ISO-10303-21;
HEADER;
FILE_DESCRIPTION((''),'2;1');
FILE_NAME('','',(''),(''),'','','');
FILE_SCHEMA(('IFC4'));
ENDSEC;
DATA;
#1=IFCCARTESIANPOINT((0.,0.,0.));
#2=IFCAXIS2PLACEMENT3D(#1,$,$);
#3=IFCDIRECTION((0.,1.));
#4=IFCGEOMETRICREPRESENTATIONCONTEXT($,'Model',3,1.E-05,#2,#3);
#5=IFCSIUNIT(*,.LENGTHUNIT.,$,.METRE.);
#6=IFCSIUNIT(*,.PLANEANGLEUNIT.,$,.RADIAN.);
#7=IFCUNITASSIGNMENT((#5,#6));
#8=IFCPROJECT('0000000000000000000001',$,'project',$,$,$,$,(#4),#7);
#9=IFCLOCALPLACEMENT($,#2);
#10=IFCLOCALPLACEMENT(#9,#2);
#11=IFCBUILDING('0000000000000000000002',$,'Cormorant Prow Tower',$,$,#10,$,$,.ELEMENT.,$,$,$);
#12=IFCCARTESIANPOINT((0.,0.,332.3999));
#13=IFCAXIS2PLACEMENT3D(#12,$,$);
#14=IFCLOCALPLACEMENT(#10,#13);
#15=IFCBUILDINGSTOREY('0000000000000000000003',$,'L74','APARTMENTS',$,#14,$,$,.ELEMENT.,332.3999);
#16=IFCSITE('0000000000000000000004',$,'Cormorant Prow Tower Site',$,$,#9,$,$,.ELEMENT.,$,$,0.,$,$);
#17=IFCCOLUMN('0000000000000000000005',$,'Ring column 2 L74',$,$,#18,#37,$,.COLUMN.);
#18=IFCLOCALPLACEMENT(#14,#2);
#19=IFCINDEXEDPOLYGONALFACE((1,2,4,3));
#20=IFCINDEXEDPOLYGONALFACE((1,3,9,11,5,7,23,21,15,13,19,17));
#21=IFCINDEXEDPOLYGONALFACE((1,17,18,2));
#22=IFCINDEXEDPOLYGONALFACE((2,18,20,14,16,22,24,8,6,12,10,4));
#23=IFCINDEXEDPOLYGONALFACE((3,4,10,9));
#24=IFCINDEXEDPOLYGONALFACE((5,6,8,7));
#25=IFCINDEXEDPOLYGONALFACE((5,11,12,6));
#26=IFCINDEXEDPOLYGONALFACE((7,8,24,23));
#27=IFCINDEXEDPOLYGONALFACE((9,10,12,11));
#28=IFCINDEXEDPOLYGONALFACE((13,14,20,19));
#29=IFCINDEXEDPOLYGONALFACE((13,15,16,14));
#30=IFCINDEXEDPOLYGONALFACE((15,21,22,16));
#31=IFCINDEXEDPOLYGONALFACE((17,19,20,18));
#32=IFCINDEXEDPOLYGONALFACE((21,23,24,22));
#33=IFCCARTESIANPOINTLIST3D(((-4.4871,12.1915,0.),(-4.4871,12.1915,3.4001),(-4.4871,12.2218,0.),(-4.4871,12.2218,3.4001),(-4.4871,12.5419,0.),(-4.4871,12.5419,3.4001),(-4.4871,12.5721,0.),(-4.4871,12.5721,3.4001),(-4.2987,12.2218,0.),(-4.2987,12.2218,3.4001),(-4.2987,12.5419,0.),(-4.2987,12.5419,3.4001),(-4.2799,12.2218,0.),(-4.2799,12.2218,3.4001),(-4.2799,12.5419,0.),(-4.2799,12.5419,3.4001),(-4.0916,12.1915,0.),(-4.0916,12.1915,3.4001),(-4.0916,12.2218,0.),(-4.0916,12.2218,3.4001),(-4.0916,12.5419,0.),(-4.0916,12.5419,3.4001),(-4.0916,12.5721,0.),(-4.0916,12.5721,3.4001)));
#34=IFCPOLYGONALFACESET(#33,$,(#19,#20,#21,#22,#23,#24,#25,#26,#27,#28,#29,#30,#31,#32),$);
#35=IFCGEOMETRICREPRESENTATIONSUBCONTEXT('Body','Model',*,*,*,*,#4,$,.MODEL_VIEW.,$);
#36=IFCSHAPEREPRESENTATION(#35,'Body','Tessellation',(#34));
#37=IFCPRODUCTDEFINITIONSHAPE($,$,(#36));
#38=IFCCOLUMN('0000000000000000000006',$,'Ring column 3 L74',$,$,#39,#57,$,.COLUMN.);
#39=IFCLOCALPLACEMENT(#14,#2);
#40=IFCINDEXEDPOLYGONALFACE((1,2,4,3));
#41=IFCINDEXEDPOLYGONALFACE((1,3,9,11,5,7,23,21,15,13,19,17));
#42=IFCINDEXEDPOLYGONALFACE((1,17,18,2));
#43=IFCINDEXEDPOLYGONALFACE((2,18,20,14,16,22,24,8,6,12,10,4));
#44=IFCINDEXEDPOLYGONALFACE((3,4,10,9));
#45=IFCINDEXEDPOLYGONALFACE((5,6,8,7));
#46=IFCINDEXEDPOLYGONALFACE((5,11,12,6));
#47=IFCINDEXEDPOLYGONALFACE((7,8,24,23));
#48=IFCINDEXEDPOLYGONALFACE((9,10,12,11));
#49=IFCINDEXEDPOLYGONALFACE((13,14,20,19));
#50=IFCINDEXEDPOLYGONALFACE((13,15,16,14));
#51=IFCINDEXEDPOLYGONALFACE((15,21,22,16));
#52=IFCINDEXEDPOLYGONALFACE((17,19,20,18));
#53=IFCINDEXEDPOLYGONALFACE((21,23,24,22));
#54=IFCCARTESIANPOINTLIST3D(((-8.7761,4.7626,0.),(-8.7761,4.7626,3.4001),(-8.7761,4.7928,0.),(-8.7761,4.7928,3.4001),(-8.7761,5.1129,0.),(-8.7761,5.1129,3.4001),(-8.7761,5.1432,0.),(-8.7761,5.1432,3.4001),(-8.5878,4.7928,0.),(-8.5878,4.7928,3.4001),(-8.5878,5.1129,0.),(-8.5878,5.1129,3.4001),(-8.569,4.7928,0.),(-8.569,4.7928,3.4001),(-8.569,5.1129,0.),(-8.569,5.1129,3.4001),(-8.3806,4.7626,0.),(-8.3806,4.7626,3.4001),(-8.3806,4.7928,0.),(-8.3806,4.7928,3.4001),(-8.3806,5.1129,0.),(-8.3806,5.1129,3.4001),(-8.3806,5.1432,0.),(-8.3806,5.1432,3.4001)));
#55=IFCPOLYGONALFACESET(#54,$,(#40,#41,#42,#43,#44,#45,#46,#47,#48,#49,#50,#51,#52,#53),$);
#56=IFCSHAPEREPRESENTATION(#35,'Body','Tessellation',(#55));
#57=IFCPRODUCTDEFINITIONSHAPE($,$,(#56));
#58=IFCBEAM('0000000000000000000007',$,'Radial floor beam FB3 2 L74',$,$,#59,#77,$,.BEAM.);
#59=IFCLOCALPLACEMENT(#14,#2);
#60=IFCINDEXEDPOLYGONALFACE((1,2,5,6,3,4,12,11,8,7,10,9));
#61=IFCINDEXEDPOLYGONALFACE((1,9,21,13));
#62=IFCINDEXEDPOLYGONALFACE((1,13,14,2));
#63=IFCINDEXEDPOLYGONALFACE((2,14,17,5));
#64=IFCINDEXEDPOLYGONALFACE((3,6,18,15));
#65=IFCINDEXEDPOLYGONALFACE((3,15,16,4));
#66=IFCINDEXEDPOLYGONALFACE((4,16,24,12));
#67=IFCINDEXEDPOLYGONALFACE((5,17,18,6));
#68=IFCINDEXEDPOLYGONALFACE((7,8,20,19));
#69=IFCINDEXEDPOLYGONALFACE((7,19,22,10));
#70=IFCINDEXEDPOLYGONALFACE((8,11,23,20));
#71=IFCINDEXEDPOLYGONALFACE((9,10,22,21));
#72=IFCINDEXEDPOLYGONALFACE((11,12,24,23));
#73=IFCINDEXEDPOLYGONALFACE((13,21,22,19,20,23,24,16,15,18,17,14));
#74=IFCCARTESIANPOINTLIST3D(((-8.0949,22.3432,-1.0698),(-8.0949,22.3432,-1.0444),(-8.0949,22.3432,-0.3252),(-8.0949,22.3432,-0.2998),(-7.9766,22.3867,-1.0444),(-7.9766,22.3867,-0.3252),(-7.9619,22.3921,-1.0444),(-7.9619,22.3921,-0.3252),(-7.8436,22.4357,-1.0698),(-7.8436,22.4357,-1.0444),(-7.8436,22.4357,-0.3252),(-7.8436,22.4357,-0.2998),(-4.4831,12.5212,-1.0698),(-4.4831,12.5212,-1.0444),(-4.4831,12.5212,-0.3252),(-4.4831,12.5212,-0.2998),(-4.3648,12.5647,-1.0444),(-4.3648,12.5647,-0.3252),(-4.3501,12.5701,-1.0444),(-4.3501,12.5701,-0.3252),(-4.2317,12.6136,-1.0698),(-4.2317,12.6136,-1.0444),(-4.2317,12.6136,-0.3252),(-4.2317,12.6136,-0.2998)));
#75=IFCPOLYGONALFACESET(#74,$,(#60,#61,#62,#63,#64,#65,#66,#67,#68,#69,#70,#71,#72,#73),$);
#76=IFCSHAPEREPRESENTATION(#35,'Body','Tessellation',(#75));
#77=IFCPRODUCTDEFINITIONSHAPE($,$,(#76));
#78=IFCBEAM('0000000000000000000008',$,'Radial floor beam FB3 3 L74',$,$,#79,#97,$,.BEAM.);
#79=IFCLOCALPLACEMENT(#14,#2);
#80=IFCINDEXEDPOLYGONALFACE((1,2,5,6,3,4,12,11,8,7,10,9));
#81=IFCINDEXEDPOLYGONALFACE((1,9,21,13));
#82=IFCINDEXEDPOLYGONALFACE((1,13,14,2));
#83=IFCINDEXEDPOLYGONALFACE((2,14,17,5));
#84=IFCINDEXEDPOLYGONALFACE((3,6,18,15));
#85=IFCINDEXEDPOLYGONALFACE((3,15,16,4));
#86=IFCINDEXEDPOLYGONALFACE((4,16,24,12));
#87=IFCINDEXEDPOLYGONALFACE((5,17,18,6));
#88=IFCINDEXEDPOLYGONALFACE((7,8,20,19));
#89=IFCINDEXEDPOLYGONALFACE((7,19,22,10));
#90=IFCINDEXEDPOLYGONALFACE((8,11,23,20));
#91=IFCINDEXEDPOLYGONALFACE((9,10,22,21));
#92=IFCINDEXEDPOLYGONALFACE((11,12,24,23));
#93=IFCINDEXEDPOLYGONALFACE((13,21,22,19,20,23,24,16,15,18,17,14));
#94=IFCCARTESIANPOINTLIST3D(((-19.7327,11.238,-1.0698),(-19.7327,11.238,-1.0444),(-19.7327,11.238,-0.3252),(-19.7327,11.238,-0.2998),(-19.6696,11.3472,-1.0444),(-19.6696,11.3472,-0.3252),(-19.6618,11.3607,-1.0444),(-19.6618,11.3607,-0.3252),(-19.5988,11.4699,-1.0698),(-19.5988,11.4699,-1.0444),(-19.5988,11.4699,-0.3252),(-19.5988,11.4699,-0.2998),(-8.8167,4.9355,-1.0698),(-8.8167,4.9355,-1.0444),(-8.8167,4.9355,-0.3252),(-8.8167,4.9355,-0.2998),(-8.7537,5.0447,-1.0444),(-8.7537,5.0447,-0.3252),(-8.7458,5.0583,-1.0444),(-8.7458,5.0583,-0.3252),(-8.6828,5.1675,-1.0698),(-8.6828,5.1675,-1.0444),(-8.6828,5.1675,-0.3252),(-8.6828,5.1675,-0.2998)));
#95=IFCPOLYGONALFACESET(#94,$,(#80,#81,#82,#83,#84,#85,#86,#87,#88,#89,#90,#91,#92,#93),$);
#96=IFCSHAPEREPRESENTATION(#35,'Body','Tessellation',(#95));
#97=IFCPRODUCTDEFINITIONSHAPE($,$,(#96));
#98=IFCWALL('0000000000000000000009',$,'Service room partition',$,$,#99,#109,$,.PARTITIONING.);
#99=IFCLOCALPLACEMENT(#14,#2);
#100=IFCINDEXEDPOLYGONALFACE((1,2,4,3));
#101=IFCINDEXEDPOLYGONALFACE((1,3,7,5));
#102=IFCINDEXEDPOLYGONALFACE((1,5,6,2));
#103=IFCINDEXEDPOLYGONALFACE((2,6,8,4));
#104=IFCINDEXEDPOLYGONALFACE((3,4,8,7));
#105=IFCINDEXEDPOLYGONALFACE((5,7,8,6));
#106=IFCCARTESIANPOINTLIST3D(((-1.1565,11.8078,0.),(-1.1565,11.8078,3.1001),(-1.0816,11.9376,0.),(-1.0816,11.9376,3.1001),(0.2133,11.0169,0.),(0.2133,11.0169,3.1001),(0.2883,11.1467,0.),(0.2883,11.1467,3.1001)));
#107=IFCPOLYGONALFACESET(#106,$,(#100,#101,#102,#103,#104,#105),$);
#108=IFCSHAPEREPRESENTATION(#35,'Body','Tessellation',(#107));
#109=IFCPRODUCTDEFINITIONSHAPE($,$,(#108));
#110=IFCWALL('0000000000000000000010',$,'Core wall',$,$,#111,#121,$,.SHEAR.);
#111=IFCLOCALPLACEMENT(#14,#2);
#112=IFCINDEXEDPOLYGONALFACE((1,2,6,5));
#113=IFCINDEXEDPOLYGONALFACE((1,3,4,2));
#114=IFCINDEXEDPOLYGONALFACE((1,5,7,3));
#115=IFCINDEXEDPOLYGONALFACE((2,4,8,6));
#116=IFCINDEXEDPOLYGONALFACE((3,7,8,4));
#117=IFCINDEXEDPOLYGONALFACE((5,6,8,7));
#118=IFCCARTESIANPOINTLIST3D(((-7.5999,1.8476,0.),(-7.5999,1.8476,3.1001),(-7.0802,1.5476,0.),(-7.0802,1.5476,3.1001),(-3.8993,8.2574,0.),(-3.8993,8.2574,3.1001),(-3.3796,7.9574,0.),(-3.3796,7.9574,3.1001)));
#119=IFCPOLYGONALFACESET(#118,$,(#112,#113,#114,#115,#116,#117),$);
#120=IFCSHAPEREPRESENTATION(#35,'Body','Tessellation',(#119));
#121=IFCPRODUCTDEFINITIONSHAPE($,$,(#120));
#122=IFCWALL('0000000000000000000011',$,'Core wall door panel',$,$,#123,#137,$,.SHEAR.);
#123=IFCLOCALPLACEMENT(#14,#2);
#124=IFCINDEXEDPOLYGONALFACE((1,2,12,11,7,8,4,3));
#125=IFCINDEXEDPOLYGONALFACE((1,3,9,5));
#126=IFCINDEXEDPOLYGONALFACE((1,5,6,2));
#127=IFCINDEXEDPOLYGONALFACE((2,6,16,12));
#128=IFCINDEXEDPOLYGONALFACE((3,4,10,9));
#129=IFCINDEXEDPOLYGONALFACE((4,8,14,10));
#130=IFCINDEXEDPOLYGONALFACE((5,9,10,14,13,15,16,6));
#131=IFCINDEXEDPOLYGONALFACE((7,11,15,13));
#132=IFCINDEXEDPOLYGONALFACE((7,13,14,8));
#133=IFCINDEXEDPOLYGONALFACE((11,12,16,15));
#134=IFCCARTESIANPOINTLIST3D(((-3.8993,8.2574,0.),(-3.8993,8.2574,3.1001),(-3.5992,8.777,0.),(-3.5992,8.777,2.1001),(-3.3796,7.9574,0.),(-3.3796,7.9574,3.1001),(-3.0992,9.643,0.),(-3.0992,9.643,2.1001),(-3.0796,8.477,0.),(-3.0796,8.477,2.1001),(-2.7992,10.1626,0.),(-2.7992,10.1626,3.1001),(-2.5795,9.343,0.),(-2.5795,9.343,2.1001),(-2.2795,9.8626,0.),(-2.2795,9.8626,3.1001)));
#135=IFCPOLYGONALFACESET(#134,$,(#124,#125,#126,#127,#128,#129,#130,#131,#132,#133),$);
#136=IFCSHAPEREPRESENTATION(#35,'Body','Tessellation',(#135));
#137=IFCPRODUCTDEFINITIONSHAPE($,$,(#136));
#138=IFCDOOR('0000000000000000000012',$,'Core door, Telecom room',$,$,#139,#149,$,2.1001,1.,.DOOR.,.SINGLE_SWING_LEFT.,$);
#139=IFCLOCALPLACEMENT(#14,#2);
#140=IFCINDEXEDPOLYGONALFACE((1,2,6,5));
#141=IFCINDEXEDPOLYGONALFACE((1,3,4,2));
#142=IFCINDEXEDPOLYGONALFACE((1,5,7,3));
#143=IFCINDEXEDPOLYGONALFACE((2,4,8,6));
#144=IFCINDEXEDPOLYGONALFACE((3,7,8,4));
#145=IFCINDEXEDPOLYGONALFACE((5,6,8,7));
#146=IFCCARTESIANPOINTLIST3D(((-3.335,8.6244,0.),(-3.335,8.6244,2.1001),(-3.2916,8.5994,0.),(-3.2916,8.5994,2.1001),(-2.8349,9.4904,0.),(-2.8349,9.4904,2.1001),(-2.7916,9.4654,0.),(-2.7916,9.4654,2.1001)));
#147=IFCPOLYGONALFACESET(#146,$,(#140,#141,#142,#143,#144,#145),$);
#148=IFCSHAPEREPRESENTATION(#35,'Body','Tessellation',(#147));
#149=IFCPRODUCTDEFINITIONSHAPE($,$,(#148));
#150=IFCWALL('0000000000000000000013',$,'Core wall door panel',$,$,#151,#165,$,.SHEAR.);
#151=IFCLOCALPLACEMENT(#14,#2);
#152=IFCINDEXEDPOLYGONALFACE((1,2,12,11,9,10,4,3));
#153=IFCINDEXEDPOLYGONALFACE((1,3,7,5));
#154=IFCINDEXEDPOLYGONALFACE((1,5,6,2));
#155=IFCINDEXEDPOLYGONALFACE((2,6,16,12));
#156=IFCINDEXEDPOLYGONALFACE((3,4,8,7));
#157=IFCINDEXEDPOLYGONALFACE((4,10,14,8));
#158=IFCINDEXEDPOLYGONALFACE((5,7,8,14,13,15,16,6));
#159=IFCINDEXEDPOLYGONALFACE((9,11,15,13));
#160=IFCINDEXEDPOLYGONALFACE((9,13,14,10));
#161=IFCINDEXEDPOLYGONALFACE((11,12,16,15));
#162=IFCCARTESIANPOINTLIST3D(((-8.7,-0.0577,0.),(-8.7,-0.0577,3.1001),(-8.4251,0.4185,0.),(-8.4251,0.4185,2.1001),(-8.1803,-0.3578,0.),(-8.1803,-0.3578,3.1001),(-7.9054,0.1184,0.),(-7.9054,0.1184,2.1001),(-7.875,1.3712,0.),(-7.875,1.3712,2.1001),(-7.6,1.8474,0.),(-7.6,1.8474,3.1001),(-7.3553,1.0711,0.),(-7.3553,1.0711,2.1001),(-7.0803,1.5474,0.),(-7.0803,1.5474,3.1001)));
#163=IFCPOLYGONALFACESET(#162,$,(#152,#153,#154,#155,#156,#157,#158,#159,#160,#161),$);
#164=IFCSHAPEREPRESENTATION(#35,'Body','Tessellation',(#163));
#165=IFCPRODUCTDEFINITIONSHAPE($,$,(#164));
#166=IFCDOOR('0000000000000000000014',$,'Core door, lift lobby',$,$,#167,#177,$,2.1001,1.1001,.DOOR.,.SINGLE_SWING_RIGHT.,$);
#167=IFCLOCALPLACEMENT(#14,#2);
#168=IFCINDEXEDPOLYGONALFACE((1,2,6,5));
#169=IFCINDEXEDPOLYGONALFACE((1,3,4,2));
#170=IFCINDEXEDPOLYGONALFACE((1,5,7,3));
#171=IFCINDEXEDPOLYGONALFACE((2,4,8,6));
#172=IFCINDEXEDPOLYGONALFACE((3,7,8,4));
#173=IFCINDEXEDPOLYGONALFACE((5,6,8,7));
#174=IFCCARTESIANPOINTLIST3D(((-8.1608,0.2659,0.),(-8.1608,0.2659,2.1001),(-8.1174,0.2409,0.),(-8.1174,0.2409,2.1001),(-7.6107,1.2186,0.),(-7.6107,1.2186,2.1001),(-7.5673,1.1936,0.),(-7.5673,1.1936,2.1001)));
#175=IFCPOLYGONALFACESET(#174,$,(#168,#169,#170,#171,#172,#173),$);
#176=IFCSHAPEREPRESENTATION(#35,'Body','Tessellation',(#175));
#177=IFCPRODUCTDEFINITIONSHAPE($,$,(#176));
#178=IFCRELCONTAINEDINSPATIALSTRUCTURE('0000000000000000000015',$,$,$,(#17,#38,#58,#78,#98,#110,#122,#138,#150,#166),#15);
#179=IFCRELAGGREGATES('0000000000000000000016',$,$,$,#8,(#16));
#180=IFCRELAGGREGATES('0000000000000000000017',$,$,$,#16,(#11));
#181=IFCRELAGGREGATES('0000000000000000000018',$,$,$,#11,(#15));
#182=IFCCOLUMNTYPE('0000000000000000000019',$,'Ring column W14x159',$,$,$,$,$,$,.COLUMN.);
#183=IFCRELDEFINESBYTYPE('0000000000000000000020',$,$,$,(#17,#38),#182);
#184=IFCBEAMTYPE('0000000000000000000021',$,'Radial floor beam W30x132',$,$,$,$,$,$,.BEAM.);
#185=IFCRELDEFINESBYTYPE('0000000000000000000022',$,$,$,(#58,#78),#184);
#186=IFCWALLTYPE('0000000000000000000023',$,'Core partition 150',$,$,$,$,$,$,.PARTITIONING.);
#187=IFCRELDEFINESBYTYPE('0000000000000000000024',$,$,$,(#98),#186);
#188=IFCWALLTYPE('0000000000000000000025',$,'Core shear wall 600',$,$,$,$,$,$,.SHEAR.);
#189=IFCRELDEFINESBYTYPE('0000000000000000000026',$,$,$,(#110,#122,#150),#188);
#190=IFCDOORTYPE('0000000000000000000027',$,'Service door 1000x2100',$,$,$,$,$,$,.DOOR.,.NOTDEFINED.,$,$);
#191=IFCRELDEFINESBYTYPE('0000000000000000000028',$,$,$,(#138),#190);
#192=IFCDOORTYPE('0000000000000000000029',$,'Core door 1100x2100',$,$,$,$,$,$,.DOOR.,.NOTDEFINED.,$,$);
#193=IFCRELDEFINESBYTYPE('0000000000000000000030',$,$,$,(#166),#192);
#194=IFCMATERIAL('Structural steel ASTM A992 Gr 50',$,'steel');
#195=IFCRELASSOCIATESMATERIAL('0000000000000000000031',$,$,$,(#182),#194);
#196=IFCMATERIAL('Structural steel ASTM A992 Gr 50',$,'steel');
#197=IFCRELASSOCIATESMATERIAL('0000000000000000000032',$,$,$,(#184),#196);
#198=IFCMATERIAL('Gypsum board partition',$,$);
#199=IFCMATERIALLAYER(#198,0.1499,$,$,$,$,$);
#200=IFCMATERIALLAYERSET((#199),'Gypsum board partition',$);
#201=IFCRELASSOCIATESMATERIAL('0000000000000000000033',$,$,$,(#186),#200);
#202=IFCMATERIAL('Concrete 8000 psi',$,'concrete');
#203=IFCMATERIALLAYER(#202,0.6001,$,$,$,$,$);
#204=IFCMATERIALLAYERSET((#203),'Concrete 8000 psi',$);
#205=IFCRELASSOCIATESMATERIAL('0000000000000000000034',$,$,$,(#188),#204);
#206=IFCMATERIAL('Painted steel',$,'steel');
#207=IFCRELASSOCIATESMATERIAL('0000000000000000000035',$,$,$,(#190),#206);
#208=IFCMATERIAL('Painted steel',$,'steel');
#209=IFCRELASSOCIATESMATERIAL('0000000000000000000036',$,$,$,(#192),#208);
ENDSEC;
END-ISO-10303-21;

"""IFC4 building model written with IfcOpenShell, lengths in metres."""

from ifc_helpers import new_model, si_unit, direction, frame, frame_2d, origin, origin_2d, place, context, subcontext, project, spatial, rectangle, i_section, extrude, material, layer, layer_set, material_profile, profile_set, type_object, element, fill, save


model = new_model("IFC4")

# Units and contexts
model_context = context("Model", 3, precision=1e-05, world=origin(), true_north=direction((0.0, 1.0)))
body_context = subcontext(model_context, "Body", "Model", "MODEL_VIEW")
ifc_project = project(units=[si_unit("LENGTHUNIT", "METRE"), si_unit("PLANEANGLEUNIT", "RADIAN")], contexts=[model_context])

# Site, building, storey
site_placement = place(None, origin())
site = spatial("IfcSite", under=ifc_project, at=site_placement, Name="Cormorant Prow Tower Site", CompositionType="ELEMENT", RefElevation=0.0)
building_placement = place(site_placement, origin())
building = spatial("IfcBuilding", under=site, at=building_placement, Name="Cormorant Prow Tower", CompositionType="ELEMENT")
storey_placement = place(building_placement, frame((0.0, 0.0, 332.3999)))
storey = spatial("IfcBuildingStorey", under=building, at=storey_placement, Name="L74", Description="APARTMENTS", CompositionType="ELEMENT", Elevation=332.3999)

# Columns
ifc_material_1 = material(Name="Structural steel ASTM A992 Gr 50", Category="steel")
ifc_material_profile_1 = material_profile(ifc_material_1, i_section(OverallWidth=0.3955, OverallDepth=0.3806, WebThickness=0.0188, FlangeThickness=0.0303, at=origin_2d()), Name="W14x159")
ifc_profile_set_1 = profile_set([ifc_material_profile_1], Name="Structural steel ASTM A992 Gr 50")
column_type = type_object("IfcColumnType", Name="Ring column W14x159", PredefinedType="COLUMN", material=ifc_profile_set_1)
for number, where, z_axis, x_axis, name in (
    (1, (-4.2893, 12.3818, 0.0), (0.0, 0.0, 1.0), (1.0, 0.0, 0.0), "Ring column 2 L74"),
    (2, (-8.5784, 4.9529, 0.0), (0.0, 0.0, 1.0), (1.0, 0.0, 0.0), "Ring column 3 L74"),
):
    element("IfcColumn", number, at=place(storey_placement, frame(where, z_axis=z_axis, x_axis=x_axis)), inside=storey, type_object=column_type, Name=name, PredefinedType="COLUMN", context=body_context, shape_type="SweptSolid", body=[
        extrude(i_section(OverallWidth=0.3955, OverallDepth=0.3806, WebThickness=0.0188, FlangeThickness=0.0303, at=origin_2d()), origin(), (0.0, 0.0, 1.0), 3.4001),
    ])

# Beams
ifc_material_2 = material(Name="Structural steel ASTM A992 Gr 50", Category="steel")
ifc_material_profile_2 = material_profile(ifc_material_2, i_section(OverallWidth=0.2678, OverallDepth=0.77, WebThickness=0.0156, FlangeThickness=0.0254, at=origin_2d()), Name="W30x132")
ifc_profile_set_2 = profile_set([ifc_material_profile_2], Name="Structural steel ASTM A992 Gr 50")
beam_type = type_object("IfcBeamType", Name="Radial floor beam W30x132", PredefinedType="BEAM", material=ifc_profile_set_2)
beam_1_placement = place(storey_placement, frame((-4.3574, 12.5674, -0.6848), z_axis=(-0.345131, 0.938554, 0.0), x_axis=(-0.938554, -0.345131, 0.0)))
element("IfcBeam", 3, at=beam_1_placement, inside=storey, type_object=beam_type, Name="Radial floor beam FB3 2 L74", PredefinedType="BEAM", context=body_context, shape_type="SweptSolid", body=[
    extrude(i_section(OverallWidth=0.2678, OverallDepth=0.77, WebThickness=0.0156, FlangeThickness=0.0254, at=origin_2d()), origin(), (0.0, 0.0, 1.0), 10.4651),
])
beam_2_placement = place(storey_placement, frame((-8.7498, 5.0515, -0.6848), z_axis=(-0.866021, 0.500007, 0.0), x_axis=(-0.500007, -0.866021, 0.0)))
element("IfcBeam", 4, at=beam_2_placement, inside=storey, type_object=beam_type, Name="Radial floor beam FB3 3 L74", PredefinedType="BEAM", context=body_context, shape_type="SweptSolid", body=[
    extrude(i_section(OverallWidth=0.2678, OverallDepth=0.77, WebThickness=0.0156, FlangeThickness=0.0254, at=origin_2d()), origin(), (0.0, 0.0, 1.0), 12.6047),
])

# Walls
ifc_material_3 = material(Name="Gypsum board partition")
ifc_layer_1 = layer(ifc_material_3, 0.1499)
ifc_layer_set_1 = layer_set([ifc_layer_1], Name="Gypsum board partition")
wall_type_1 = type_object("IfcWallType", Name="Core partition 150", PredefinedType="PARTITIONING", material=ifc_layer_set_1)
wall_1_placement = place(storey_placement, frame((-1.1191, 11.8728, 0.0), z_axis=(0.0, 0.0, 1.0), x_axis=(0.865993, -0.500056, 0.0)))
element("IfcWall", 5, at=wall_1_placement, inside=storey, type_object=wall_type_1, Name="Service room partition", PredefinedType="PARTITIONING", context=body_context, shape_type="SweptSolid", body=[
    extrude(rectangle(XDim=1.5818, YDim=0.1499, at=frame_2d((0.791, 0.0))), origin(), (0.0, 0.0, 1.0), 3.1001),
])
ifc_material_4 = material(Name="Concrete 8000 psi", Category="concrete")
ifc_layer_2 = layer(ifc_material_4, 0.6001)
ifc_layer_set_2 = layer_set([ifc_layer_2], Name="Concrete 8000 psi")
wall_type_2 = type_object("IfcWallType", Name="Core shear wall 600", PredefinedType="SHEAR", material=ifc_layer_set_2)
wall_2_placement = place(storey_placement, frame((-3.6394, 8.1074, 0.0), z_axis=(0.0, 0.0, 1.0), x_axis=(-0.499992, -0.86603, 0.0)))
element("IfcWall", 6, at=wall_2_placement, inside=storey, type_object=wall_type_2, Name="Core wall", PredefinedType="SHEAR", context=body_context, shape_type="SweptSolid", body=[
    extrude(rectangle(XDim=7.4014, YDim=0.6001, at=frame_2d((3.7007, 0.0))), origin(), (0.0, 0.0, 1.0), 3.1001),
])

# Walls, openings, doors
wall_3_placement = place(storey_placement, frame((-2.5393, 10.0127, 0.0), z_axis=(0.0, 0.0, 1.0), x_axis=(-0.50003, -0.866008, 0.0)))
wall_3 = element("IfcWall", 7, at=wall_3_placement, inside=storey, type_object=wall_type_2, Name="Core wall door panel", PredefinedType="SHEAR", context=body_context, shape_type="SweptSolid", body=[
    extrude(rectangle(XDim=2.2, YDim=0.6001, at=frame_2d((1.1001, 0.0))), origin(), (0.0, 0.0, 1.0), 3.1001),
])
opening_1_placement = place(wall_3_placement, frame((0.6001, 0.0, 0.0)))
opening_1 = element("IfcOpeningElement", 8, at=opening_1_placement, cuts=wall_3, PredefinedType="OPENING", context=body_context, shape_type="SweptSolid", body=[
    extrude(rectangle(XDim=1.0, YDim=2.1001, at=frame_2d((0.5, 1.05))), frame((0.0, 0.3101, 0.0), z_axis=(0.0, -1.0, 0.0), x_axis=(1.0, 0.0, 0.0)), (0.0, 0.0, 1.0), 0.6201),
])
ifc_material_5 = material(Name="Painted steel", Category="steel")
door_type_1 = type_object("IfcDoorType", Name="Service door 1000x2100", OperationType="NOTDEFINED", PredefinedType="DOOR", material=ifc_material_5)
door_1_placement = place(opening_1_placement, origin())
door_1 = element("IfcDoor", 9, at=door_1_placement, inside=storey, type_object=door_type_1, Name="Core door, Telecom room", OperationType="SINGLE_SWING_LEFT", OverallHeight=2.1001, OverallWidth=1.0, PredefinedType="DOOR", context=body_context, shape_type="SweptSolid", body=[
    extrude(rectangle(XDim=1.0, YDim=2.1001, at=frame_2d((0.5, 1.05))), frame((0.0, 0.0552, 0.0), z_axis=(0.0, -1.0, 0.0), x_axis=(1.0, 0.0, 0.0)), (0.0, 0.0, 1.0), 0.05),
])
fill(opening_1, door_1)
wall_4_placement = place(storey_placement, frame((-7.3401, 1.6975, 0.0), z_axis=(0.0, 0.0, 1.0), x_axis=(-0.50003, -0.866008, 0.0)))
wall_4 = element("IfcWall", 10, at=wall_4_placement, inside=storey, type_object=wall_type_2, Name="Core wall door panel", PredefinedType="SHEAR", context=body_context, shape_type="SweptSolid", body=[
    extrude(rectangle(XDim=2.2, YDim=0.6001, at=frame_2d((1.1001, 0.0))), origin(), (0.0, 0.0, 1.0), 3.1001),
])
opening_2_placement = place(wall_4_placement, frame((0.55, 0.0, 0.0)))
opening_2 = element("IfcOpeningElement", 11, at=opening_2_placement, cuts=wall_4, PredefinedType="OPENING", context=body_context, shape_type="SweptSolid", body=[
    extrude(rectangle(XDim=1.1001, YDim=2.1001, at=frame_2d((0.55, 1.05))), frame((0.0, 0.3101, 0.0), z_axis=(0.0, -1.0, 0.0), x_axis=(1.0, 0.0, 0.0)), (0.0, 0.0, 1.0), 0.6201),
])
ifc_material_6 = material(Name="Painted steel", Category="steel")
door_type_2 = type_object("IfcDoorType", Name="Core door 1100x2100", OperationType="NOTDEFINED", PredefinedType="DOOR", material=ifc_material_6)
door_2_placement = place(opening_2_placement, origin())
door_2 = element("IfcDoor", 12, at=door_2_placement, inside=storey, type_object=door_type_2, Name="Core door, lift lobby", OperationType="SINGLE_SWING_RIGHT", OverallHeight=2.1001, OverallWidth=1.1001, PredefinedType="DOOR", context=body_context, shape_type="SweptSolid", body=[
    extrude(rectangle(XDim=1.1001, YDim=2.1001, at=frame_2d((0.55, 1.05))), frame((0.0, 0.0552, 0.0), z_axis=(0.0, -1.0, 0.0), x_axis=(1.0, 0.0, 0.0)), (0.0, 0.0, 1.0), 0.05),
])
fill(opening_2, door_2)

save(model, "model.ifc")
